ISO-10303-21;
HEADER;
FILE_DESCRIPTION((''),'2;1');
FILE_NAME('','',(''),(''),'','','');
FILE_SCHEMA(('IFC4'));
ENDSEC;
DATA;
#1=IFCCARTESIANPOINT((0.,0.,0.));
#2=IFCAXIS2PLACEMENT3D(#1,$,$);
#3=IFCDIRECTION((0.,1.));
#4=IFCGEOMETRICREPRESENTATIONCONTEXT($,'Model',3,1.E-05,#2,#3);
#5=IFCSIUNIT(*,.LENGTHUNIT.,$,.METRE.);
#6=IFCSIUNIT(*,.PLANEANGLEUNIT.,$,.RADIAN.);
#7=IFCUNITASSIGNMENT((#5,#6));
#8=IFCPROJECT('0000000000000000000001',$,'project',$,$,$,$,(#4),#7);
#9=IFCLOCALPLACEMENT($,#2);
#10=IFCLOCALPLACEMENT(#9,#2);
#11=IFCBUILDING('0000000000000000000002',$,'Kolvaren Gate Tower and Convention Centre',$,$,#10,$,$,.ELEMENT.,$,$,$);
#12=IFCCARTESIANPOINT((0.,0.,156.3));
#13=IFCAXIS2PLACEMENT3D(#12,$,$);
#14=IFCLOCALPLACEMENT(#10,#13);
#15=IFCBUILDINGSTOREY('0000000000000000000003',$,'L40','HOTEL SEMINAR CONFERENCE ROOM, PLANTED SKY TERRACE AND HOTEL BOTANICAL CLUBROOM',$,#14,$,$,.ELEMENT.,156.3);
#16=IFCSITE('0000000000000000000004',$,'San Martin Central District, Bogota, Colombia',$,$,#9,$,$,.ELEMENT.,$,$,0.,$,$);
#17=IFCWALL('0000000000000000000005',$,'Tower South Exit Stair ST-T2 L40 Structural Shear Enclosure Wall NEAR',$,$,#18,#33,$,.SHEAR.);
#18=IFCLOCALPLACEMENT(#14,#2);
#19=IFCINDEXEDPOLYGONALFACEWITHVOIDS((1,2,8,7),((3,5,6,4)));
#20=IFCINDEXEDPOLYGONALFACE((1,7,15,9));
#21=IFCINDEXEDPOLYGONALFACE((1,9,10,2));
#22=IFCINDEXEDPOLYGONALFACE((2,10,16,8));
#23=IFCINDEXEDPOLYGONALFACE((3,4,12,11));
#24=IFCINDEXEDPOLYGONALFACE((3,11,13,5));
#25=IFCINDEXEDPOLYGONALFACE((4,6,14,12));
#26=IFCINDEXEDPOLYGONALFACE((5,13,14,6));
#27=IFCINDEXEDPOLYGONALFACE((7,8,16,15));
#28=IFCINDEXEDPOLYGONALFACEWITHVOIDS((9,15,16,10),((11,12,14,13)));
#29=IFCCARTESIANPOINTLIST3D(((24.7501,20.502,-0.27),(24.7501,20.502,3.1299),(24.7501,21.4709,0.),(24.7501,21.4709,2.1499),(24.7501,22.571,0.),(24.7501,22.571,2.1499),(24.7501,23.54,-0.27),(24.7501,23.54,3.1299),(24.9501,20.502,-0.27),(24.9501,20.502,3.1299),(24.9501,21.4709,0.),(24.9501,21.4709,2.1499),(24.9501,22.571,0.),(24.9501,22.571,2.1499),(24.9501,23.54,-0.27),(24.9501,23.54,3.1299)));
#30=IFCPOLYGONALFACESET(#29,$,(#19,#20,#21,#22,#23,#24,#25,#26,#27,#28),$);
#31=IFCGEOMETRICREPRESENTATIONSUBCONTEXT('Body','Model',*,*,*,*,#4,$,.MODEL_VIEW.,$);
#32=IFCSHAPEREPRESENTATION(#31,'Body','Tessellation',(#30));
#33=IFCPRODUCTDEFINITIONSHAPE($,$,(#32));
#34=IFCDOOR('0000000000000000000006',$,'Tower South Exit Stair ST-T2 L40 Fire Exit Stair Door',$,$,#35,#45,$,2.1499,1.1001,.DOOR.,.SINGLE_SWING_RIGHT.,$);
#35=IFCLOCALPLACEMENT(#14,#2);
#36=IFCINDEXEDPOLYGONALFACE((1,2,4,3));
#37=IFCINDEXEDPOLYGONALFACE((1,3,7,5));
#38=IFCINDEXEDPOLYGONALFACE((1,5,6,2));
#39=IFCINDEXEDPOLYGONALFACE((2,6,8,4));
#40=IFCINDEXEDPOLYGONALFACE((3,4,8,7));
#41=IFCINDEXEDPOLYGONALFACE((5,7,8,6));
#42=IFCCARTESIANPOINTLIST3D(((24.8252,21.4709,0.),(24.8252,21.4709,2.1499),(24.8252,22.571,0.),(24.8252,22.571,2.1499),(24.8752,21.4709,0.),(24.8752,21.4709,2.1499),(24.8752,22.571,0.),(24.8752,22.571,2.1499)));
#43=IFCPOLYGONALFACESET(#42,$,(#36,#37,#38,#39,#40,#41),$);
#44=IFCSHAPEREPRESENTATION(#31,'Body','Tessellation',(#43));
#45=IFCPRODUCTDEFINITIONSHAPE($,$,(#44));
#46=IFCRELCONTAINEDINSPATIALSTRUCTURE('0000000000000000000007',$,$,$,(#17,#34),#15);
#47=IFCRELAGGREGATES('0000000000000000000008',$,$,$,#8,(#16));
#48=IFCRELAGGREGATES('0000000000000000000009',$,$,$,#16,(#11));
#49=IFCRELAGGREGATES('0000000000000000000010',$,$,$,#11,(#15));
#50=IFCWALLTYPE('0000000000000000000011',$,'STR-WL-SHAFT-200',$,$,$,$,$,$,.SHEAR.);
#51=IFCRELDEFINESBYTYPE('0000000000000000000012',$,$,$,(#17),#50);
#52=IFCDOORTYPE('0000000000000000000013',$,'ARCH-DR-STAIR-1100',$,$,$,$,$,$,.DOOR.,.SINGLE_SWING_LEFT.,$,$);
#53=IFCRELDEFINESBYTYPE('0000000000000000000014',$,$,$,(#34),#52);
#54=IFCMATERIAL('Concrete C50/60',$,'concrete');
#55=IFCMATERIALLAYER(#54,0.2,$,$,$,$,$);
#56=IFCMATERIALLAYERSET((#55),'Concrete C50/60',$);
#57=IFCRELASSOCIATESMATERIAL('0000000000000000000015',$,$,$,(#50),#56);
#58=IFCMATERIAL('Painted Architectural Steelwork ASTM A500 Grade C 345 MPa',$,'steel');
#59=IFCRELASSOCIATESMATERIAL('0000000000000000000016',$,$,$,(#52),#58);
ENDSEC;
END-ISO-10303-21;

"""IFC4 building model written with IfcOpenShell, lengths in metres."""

from ifc_helpers import new_model, si_unit, direction, frame, frame_2d, origin, place, context, subcontext, project, spatial, rectangle, extrude, material, layer, layer_set, type_object, element, fill, save


model = new_model("IFC4")

# Units and contexts
model_context = context("Model", 3, precision=1e-05, world=origin(), true_north=direction((0.0, 1.0)))
body_context = subcontext(model_context, "Body", "Model", "MODEL_VIEW")
ifc_project = project(units=[si_unit("LENGTHUNIT", "METRE"), si_unit("PLANEANGLEUNIT", "RADIAN")], contexts=[model_context])

# Site, building, storey
site_placement = place(None, origin())
site = spatial("IfcSite", under=ifc_project, at=site_placement, Name="San Martin Central District, Bogota, Colombia", CompositionType="ELEMENT", RefElevation=0.0)
building_placement = place(site_placement, origin())
building = spatial("IfcBuilding", under=site, at=building_placement, Name="Kolvaren Gate Tower and Convention Centre", CompositionType="ELEMENT")
storey_placement = place(building_placement, frame((0.0, 0.0, 156.3)))
storey = spatial("IfcBuildingStorey", under=building, at=storey_placement, Name="L40", Description="HOTEL SEMINAR CONFERENCE ROOM, PLANTED SKY TERRACE AND HOTEL BOTANICAL CLUBROOM", CompositionType="ELEMENT", Elevation=156.3)

# Shared definitions
ifc_material_1 = material(Name="Painted Architectural Steelwork ASTM A500 Grade C 345 MPa", Category="steel")

# Wall, opening, door
ifc_material_2 = material(Name="Concrete C50/60", Category="concrete")
ifc_layer_1 = layer(ifc_material_2, 0.2)
ifc_layer_set_1 = layer_set([ifc_layer_1], Name="Concrete C50/60")
wall_type_1 = type_object("IfcWallType", Name="STR-WL-SHAFT-200", PredefinedType="SHEAR", material=ifc_layer_set_1)
wall_1_placement = place(storey_placement, frame((24.8501, 20.502, -0.27), z_axis=(0.0, 0.0, 1.0), x_axis=(0.0, 1.0, 0.0)))
wall_1 = element("IfcWall", 1, at=wall_1_placement, inside=storey, type_object=wall_type_1, Name="Tower South Exit Stair ST-T2 L40 Structural Shear Enclosure Wall NEAR", PredefinedType="SHEAR", context=body_context, shape_type="SweptSolid", body=[
    extrude(rectangle(XDim=3.0381, YDim=0.2, at=frame_2d((1.519, 0.0))), origin(), (0.0, 0.0, 1.0), 3.3999),
])
opening_1_placement = place(wall_1_placement, frame((0.969, 0.0, 0.27)))
opening_1 = element("IfcOpeningElement", 2, at=opening_1_placement, cuts=wall_1, PredefinedType="OPENING", context=body_context, shape_type="SweptSolid", body=[
    extrude(rectangle(XDim=1.1001, YDim=2.1499, at=frame_2d((0.55, 1.075))), frame((0.0, 0.1099, 0.0), z_axis=(0.0, -1.0, 0.0), x_axis=(1.0, 0.0, 0.0)), (0.0, 0.0, 1.0), 0.22),
])
door_type_1 = type_object("IfcDoorType", Name="ARCH-DR-STAIR-1100", OperationType="SINGLE_SWING_LEFT", PredefinedType="DOOR", material=ifc_material_1)
door_1_placement = place(opening_1_placement, origin())
door_1 = element("IfcDoor", 3, at=door_1_placement, inside=storey, type_object=door_type_1, Name="Tower South Exit Stair ST-T2 L40 Fire Exit Stair Door", OperationType="SINGLE_SWING_RIGHT", OverallHeight=2.1499, OverallWidth=1.1001, PredefinedType="DOOR", context=body_context, shape_type="SweptSolid", body=[
    extrude(rectangle(XDim=1.1001, YDim=2.1499, at=frame_2d((0.55, 1.075))), frame((0.0, 0.0249, 0.0), z_axis=(0.0, -1.0, 0.0), x_axis=(1.0, 0.0, 0.0)), (0.0, 0.0, 1.0), 0.05),
])
fill(opening_1, door_1)

save(model, "model.ifc")
